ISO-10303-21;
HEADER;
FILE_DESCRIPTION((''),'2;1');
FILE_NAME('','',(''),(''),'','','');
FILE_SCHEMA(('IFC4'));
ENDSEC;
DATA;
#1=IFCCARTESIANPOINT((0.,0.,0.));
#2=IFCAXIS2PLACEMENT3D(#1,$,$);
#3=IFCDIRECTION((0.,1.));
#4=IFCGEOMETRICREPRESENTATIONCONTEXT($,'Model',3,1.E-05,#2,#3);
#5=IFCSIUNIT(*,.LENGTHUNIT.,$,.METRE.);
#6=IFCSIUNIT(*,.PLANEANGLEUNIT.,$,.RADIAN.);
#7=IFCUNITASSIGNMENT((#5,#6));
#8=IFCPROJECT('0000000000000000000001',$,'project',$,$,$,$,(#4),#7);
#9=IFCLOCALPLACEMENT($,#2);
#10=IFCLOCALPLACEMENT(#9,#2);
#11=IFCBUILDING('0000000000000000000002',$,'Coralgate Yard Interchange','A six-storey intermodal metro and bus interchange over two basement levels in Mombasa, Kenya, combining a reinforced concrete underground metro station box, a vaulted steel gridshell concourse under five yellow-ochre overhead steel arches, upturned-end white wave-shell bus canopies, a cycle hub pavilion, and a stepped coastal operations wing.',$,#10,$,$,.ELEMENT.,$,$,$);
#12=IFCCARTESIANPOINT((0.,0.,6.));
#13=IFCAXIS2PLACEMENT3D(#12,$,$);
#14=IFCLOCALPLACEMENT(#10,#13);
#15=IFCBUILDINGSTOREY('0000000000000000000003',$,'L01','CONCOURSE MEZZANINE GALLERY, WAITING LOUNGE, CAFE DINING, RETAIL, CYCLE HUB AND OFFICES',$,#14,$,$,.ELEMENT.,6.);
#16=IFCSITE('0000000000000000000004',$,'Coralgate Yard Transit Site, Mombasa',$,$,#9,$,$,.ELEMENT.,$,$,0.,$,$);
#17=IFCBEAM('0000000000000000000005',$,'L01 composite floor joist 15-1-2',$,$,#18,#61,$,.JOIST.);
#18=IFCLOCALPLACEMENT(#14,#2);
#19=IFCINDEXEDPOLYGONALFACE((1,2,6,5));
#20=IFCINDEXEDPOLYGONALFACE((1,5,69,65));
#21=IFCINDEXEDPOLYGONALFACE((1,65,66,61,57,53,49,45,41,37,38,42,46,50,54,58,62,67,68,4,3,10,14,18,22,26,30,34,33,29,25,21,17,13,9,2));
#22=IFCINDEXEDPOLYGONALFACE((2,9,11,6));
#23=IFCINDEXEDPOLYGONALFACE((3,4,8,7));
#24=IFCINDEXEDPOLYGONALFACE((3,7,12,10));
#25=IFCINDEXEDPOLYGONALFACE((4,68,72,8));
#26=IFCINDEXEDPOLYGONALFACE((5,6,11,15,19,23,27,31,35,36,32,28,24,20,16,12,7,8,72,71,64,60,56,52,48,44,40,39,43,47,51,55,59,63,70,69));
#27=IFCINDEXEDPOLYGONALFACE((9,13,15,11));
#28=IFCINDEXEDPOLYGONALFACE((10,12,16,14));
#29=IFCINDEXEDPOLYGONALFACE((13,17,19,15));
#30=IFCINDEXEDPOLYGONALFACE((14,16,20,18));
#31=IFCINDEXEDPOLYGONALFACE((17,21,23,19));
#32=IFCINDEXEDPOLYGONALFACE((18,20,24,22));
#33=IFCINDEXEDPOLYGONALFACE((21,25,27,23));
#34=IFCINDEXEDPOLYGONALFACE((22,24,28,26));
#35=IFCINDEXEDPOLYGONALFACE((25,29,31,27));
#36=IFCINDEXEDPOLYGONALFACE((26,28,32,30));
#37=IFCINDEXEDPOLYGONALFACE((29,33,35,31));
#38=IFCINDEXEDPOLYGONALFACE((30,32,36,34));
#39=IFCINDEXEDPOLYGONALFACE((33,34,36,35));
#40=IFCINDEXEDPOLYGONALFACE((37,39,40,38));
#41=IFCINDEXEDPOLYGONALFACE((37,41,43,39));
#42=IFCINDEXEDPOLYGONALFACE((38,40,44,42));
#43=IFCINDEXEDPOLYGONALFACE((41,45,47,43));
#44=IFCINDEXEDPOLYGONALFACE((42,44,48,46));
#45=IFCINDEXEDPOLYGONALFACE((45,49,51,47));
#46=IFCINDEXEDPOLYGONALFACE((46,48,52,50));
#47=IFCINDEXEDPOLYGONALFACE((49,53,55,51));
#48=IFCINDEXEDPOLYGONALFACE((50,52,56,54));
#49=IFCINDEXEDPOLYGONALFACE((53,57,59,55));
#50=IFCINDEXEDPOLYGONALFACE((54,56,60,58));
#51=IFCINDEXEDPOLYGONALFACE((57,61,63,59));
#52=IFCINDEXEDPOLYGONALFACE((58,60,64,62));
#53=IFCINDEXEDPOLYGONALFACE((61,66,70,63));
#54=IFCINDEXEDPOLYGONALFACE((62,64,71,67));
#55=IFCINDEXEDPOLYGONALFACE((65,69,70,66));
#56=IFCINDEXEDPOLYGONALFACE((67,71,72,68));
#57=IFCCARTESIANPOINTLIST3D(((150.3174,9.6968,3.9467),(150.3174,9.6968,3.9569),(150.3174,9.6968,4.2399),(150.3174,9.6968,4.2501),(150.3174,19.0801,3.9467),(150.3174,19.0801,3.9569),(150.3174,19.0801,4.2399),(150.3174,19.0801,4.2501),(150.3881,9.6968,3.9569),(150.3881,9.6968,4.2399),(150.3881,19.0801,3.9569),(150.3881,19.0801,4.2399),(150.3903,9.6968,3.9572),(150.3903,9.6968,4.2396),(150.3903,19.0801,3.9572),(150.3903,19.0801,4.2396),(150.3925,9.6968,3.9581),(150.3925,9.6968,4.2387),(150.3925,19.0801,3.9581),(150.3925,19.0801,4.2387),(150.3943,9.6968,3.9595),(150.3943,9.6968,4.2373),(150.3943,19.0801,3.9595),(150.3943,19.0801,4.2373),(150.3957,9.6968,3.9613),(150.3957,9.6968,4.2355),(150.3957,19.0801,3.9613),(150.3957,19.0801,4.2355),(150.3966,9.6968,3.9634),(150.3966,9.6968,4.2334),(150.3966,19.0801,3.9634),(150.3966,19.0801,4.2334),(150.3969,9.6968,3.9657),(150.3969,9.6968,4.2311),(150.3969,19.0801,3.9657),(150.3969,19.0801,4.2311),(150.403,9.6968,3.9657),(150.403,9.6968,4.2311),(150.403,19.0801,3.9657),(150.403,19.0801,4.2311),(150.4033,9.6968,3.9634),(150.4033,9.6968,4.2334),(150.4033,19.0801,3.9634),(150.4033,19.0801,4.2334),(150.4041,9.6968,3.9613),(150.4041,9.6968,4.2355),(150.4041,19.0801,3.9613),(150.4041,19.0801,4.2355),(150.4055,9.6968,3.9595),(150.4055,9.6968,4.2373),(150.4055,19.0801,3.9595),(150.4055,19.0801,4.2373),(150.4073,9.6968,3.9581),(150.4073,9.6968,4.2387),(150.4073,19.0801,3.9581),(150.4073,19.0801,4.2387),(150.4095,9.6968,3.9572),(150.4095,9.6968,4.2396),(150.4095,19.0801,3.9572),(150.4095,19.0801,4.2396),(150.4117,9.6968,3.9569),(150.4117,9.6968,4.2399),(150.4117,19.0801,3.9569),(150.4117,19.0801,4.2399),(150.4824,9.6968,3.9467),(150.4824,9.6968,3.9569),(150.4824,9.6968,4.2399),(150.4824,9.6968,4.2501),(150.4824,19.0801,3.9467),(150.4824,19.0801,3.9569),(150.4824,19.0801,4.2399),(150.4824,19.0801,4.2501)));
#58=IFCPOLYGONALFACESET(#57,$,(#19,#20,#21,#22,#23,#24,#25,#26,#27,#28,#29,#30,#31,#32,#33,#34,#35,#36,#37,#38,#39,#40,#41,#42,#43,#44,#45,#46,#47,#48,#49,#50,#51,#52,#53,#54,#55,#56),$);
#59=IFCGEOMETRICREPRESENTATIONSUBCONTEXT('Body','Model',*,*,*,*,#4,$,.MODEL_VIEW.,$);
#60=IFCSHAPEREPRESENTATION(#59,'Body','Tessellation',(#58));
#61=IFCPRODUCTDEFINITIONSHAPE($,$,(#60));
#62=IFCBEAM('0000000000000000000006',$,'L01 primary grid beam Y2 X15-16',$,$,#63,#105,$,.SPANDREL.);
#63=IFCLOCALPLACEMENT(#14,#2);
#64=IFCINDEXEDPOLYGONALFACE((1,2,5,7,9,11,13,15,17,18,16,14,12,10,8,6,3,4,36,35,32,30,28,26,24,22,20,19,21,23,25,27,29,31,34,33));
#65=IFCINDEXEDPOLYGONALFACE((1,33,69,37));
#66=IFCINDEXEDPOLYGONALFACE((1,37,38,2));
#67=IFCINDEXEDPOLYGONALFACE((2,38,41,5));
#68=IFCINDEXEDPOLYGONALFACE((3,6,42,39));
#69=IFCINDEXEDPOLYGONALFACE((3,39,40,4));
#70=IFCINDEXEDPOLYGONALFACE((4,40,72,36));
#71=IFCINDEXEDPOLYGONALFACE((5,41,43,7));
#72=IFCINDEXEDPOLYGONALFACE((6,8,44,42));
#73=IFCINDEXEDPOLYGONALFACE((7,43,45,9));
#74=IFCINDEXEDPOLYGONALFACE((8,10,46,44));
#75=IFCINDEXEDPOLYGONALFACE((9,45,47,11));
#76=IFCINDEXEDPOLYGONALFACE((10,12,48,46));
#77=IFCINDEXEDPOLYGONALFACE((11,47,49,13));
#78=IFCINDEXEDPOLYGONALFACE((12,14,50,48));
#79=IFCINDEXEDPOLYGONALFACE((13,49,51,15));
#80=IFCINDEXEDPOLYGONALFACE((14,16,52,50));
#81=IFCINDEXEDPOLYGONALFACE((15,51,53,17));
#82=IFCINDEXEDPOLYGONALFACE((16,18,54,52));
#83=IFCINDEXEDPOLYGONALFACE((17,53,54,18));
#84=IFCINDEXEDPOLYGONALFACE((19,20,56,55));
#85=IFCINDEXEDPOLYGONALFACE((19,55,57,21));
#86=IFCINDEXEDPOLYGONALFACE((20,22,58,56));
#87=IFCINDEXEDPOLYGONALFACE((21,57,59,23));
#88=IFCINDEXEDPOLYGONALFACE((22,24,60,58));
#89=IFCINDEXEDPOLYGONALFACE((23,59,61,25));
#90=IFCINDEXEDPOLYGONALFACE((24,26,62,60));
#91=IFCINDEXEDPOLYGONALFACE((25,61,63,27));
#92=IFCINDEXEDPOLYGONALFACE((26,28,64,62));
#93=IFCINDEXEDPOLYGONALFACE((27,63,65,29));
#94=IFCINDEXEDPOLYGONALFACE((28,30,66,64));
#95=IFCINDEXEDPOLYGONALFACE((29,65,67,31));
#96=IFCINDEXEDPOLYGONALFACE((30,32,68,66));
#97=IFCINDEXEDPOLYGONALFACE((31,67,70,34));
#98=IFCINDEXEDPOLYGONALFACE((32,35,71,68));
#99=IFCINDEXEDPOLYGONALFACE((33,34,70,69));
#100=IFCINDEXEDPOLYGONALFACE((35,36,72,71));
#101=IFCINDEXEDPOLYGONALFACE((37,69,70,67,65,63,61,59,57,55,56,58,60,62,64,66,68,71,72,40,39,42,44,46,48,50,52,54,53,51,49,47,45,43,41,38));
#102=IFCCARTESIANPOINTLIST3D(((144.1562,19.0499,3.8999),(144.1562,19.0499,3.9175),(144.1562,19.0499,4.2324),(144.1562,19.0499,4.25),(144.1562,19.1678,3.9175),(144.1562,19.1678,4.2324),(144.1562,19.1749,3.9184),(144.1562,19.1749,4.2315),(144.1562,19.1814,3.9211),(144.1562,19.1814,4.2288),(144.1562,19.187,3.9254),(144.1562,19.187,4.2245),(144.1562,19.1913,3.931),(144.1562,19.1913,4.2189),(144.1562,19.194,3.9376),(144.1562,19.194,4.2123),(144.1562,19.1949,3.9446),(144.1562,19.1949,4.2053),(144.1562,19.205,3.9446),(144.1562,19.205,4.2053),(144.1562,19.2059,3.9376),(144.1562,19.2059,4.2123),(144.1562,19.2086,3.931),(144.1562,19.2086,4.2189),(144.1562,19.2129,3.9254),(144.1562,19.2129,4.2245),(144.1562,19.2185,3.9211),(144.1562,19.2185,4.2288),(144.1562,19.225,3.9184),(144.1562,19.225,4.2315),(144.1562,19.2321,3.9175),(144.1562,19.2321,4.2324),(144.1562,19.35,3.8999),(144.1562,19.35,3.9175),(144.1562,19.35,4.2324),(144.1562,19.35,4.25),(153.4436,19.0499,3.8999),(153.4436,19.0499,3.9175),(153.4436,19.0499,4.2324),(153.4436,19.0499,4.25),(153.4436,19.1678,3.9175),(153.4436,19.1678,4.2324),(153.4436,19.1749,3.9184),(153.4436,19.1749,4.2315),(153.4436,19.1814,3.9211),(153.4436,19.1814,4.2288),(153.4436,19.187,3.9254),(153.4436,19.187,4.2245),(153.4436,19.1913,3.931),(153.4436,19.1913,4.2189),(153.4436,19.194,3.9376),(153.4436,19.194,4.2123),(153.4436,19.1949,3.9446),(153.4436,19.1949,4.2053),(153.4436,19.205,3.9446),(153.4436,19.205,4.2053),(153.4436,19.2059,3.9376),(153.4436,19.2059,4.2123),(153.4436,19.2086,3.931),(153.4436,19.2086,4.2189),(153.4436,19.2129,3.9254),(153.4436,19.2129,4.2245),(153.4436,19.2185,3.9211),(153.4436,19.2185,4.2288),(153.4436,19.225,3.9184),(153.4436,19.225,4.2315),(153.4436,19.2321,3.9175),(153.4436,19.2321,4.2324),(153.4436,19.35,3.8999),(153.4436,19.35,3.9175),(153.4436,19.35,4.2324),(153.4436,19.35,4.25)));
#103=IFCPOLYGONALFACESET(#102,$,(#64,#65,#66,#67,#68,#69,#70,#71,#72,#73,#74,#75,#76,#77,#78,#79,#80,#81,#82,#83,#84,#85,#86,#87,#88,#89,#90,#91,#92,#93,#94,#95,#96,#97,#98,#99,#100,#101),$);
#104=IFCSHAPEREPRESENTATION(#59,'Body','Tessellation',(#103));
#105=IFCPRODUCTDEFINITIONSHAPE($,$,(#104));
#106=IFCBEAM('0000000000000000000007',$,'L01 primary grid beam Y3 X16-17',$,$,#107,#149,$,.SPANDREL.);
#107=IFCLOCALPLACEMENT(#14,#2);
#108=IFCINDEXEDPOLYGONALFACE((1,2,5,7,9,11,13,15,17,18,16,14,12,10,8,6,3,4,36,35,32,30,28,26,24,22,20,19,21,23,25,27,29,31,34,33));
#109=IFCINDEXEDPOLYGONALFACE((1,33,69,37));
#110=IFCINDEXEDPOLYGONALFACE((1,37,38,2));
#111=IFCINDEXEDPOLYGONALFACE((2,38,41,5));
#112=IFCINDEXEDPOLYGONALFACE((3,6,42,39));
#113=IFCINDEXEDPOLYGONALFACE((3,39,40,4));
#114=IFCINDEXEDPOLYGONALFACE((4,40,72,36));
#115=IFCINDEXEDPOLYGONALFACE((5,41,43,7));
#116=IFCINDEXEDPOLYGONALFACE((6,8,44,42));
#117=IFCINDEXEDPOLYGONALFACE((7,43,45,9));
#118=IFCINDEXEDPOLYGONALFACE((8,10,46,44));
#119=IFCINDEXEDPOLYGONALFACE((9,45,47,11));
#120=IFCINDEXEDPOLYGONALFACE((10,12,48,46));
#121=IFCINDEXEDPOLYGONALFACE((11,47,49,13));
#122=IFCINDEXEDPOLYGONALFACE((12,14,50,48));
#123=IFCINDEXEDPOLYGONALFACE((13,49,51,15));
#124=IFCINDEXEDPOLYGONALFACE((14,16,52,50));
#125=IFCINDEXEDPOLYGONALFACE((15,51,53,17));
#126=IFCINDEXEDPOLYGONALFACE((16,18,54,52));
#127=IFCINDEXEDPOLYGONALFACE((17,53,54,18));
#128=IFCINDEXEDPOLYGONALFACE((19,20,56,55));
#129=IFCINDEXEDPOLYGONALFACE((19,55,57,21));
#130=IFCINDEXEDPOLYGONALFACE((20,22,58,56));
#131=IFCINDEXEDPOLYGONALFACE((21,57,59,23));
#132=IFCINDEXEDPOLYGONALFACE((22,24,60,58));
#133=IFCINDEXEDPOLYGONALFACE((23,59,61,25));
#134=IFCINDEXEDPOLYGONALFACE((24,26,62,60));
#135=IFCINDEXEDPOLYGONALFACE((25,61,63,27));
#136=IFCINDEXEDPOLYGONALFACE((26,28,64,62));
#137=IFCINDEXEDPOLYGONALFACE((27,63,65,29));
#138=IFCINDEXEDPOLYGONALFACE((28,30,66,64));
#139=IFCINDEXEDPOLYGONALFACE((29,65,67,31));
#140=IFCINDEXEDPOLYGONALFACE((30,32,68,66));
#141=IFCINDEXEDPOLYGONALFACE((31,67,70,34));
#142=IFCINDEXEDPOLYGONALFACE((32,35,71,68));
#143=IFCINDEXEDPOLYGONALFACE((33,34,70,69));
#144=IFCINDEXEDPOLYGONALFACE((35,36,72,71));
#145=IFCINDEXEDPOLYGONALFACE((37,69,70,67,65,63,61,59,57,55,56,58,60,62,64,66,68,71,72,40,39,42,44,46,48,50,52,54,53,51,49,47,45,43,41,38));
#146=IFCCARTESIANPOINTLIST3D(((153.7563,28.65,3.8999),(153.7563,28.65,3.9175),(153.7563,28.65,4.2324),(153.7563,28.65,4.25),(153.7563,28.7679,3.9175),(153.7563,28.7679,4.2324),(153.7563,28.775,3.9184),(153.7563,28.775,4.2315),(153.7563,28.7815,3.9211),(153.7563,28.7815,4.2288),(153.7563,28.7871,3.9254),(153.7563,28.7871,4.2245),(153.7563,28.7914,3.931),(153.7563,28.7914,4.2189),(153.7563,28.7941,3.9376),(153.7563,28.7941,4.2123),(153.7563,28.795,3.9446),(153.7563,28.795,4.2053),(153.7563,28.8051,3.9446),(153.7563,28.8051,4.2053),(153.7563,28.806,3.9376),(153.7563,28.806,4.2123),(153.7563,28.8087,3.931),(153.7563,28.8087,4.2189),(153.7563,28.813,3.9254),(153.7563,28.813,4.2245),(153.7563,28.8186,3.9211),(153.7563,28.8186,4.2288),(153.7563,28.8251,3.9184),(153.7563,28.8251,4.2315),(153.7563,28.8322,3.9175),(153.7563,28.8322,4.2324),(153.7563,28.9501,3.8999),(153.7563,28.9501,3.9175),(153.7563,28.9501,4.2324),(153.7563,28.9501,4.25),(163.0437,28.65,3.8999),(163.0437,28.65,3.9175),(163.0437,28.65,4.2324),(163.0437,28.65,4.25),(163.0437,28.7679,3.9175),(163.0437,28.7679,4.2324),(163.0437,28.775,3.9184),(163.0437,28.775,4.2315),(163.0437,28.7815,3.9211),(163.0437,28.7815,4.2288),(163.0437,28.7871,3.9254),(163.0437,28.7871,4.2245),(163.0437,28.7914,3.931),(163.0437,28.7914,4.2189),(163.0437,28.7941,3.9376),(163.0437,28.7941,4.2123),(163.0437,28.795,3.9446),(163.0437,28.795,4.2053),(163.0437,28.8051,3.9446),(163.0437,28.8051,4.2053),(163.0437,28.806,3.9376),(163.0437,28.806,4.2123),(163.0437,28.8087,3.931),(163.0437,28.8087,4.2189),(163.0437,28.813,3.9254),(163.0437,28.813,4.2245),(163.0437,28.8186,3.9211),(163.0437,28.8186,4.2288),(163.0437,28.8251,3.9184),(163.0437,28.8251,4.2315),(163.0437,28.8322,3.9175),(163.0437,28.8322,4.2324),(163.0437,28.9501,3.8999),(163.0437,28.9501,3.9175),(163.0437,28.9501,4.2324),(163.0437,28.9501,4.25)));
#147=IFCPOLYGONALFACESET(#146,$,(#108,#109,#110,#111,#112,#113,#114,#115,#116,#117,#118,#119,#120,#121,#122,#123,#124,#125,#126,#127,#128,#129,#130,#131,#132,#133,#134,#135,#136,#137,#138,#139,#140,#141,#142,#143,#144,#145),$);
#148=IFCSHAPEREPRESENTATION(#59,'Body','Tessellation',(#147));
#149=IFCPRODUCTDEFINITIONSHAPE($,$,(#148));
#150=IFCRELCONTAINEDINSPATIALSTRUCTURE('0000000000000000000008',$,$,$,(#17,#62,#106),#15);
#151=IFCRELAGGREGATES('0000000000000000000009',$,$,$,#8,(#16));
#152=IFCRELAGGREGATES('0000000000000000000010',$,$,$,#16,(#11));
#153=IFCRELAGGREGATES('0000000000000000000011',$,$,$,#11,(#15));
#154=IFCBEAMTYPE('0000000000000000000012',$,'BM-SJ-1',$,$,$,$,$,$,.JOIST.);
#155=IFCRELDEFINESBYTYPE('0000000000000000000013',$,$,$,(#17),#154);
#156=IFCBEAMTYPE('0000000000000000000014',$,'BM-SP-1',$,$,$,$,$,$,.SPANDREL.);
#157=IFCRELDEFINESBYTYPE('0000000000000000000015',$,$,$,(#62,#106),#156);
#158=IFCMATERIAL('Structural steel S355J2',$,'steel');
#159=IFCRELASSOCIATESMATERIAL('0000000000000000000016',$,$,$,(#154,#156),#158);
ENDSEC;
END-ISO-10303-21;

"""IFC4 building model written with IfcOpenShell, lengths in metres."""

from ifc_helpers import new_model, si_unit, direction, frame, origin, origin_2d, place, context, subcontext, project, spatial, i_section, extrude, material, material_profile, profile_set, type_object, element, save


model = new_model("IFC4")

# Units and contexts
model_context = context("Model", 3, precision=1e-05, world=origin(), true_north=direction((0.0, 1.0)))
body_context = subcontext(model_context, "Body", "Model", "MODEL_VIEW")
ifc_project = project(units=[si_unit("LENGTHUNIT", "METRE"), si_unit("PLANEANGLEUNIT", "RADIAN")], contexts=[model_context])

# Site, building, storey
site_placement = place(None, origin())
site = spatial("IfcSite", under=ifc_project, at=site_placement, Name="Coralgate Yard Transit Site, Mombasa", CompositionType="ELEMENT", RefElevation=0.0)
building_placement = place(site_placement, origin())
building = spatial("IfcBuilding", under=site, at=building_placement, Name="Coralgate Yard Interchange", Description="A six-storey intermodal metro and bus interchange over two basement levels in Mombasa, Kenya, combining a reinforced concrete underground metro station box, a vaulted steel gridshell concourse under five yellow-ochre overhead steel arches, upturned-end white wave-shell bus canopies, a cycle hub pavilion, and a stepped coastal operations wing.", CompositionType="ELEMENT")
storey_placement = place(building_placement, frame((0.0, 0.0, 6.0)))
storey = spatial("IfcBuildingStorey", under=building, at=storey_placement, Name="L01", Description="CONCOURSE MEZZANINE GALLERY, WAITING LOUNGE, CAFE DINING, RETAIL, CYCLE HUB AND OFFICES", CompositionType="ELEMENT", Elevation=6.0)

# Shared definitions
ifc_material_1 = material(Name="Structural steel S355J2", Category="steel")

# Beams
ifc_material_profile_1 = material_profile(ifc_material_1, i_section(OverallWidth=0.165, OverallDepth=0.3035, WebThickness=0.0061, FlangeThickness=0.0103, FilletRadius=0.0088, at=origin_2d()), Name="UB 305x165x40")
ifc_profile_set_1 = profile_set([ifc_material_profile_1], Name="Structural steel S355J2")
beam_type_1 = type_object("IfcBeamType", Name="BM-SJ-1", PredefinedType="JOIST", material=ifc_profile_set_1)
for number, where, z_axis, x_axis, name in (
    (1, (150.3999, 9.6968, 4.0984), (0.0, 1.0, 0.0), (-1.0, 0.0, 0.0), "L01 composite floor joist 15-1-2"),
):
    element("IfcBeam", number, at=place(storey_placement, frame(where, z_axis=z_axis, x_axis=x_axis)), inside=storey, type_object=beam_type_1, Name=name, PredefinedType="JOIST", context=body_context, shape_type="SweptSolid", body=[
        extrude(i_section(OverallWidth=0.165, OverallDepth=0.3035, WebThickness=0.0061, FlangeThickness=0.0103, FilletRadius=0.0088, at=origin_2d()), origin(), (0.0, 0.0, 1.0), 9.3833),
    ])
ifc_material_profile_2 = material_profile(ifc_material_1, i_section(OverallWidth=0.3, OverallDepth=0.3501, WebThickness=0.01, FlangeThickness=0.0176, FilletRadius=0.0271, at=origin_2d()), Name="HEA 360")
ifc_profile_set_2 = profile_set([ifc_material_profile_2], Name="Structural steel S355J2")
beam_type_2 = type_object("IfcBeamType", Name="BM-SP-1", PredefinedType="SPANDREL", material=ifc_profile_set_2)
for number, where, z_axis, x_axis, name in (
    (2, (144.1562, 19.2, 4.075), (1.0, 0.0, 0.0), (0.0, 1.0, 0.0), "L01 primary grid beam Y2 X15-16"),
    (3, (153.7563, 28.8, 4.075), (1.0, 0.0, 0.0), (0.0, 1.0, 0.0), "L01 primary grid beam Y3 X16-17"),
):
    element("IfcBeam", number, at=place(storey_placement, frame(where, z_axis=z_axis, x_axis=x_axis)), inside=storey, type_object=beam_type_2, Name=name, PredefinedType="SPANDREL", context=body_context, shape_type="SweptSolid", body=[
        extrude(i_section(OverallWidth=0.3, OverallDepth=0.3501, WebThickness=0.01, FlangeThickness=0.0176, FilletRadius=0.0271, at=origin_2d()), origin(), (0.0, 0.0, 1.0), 9.2874),
    ])

save(model, "model.ifc")
